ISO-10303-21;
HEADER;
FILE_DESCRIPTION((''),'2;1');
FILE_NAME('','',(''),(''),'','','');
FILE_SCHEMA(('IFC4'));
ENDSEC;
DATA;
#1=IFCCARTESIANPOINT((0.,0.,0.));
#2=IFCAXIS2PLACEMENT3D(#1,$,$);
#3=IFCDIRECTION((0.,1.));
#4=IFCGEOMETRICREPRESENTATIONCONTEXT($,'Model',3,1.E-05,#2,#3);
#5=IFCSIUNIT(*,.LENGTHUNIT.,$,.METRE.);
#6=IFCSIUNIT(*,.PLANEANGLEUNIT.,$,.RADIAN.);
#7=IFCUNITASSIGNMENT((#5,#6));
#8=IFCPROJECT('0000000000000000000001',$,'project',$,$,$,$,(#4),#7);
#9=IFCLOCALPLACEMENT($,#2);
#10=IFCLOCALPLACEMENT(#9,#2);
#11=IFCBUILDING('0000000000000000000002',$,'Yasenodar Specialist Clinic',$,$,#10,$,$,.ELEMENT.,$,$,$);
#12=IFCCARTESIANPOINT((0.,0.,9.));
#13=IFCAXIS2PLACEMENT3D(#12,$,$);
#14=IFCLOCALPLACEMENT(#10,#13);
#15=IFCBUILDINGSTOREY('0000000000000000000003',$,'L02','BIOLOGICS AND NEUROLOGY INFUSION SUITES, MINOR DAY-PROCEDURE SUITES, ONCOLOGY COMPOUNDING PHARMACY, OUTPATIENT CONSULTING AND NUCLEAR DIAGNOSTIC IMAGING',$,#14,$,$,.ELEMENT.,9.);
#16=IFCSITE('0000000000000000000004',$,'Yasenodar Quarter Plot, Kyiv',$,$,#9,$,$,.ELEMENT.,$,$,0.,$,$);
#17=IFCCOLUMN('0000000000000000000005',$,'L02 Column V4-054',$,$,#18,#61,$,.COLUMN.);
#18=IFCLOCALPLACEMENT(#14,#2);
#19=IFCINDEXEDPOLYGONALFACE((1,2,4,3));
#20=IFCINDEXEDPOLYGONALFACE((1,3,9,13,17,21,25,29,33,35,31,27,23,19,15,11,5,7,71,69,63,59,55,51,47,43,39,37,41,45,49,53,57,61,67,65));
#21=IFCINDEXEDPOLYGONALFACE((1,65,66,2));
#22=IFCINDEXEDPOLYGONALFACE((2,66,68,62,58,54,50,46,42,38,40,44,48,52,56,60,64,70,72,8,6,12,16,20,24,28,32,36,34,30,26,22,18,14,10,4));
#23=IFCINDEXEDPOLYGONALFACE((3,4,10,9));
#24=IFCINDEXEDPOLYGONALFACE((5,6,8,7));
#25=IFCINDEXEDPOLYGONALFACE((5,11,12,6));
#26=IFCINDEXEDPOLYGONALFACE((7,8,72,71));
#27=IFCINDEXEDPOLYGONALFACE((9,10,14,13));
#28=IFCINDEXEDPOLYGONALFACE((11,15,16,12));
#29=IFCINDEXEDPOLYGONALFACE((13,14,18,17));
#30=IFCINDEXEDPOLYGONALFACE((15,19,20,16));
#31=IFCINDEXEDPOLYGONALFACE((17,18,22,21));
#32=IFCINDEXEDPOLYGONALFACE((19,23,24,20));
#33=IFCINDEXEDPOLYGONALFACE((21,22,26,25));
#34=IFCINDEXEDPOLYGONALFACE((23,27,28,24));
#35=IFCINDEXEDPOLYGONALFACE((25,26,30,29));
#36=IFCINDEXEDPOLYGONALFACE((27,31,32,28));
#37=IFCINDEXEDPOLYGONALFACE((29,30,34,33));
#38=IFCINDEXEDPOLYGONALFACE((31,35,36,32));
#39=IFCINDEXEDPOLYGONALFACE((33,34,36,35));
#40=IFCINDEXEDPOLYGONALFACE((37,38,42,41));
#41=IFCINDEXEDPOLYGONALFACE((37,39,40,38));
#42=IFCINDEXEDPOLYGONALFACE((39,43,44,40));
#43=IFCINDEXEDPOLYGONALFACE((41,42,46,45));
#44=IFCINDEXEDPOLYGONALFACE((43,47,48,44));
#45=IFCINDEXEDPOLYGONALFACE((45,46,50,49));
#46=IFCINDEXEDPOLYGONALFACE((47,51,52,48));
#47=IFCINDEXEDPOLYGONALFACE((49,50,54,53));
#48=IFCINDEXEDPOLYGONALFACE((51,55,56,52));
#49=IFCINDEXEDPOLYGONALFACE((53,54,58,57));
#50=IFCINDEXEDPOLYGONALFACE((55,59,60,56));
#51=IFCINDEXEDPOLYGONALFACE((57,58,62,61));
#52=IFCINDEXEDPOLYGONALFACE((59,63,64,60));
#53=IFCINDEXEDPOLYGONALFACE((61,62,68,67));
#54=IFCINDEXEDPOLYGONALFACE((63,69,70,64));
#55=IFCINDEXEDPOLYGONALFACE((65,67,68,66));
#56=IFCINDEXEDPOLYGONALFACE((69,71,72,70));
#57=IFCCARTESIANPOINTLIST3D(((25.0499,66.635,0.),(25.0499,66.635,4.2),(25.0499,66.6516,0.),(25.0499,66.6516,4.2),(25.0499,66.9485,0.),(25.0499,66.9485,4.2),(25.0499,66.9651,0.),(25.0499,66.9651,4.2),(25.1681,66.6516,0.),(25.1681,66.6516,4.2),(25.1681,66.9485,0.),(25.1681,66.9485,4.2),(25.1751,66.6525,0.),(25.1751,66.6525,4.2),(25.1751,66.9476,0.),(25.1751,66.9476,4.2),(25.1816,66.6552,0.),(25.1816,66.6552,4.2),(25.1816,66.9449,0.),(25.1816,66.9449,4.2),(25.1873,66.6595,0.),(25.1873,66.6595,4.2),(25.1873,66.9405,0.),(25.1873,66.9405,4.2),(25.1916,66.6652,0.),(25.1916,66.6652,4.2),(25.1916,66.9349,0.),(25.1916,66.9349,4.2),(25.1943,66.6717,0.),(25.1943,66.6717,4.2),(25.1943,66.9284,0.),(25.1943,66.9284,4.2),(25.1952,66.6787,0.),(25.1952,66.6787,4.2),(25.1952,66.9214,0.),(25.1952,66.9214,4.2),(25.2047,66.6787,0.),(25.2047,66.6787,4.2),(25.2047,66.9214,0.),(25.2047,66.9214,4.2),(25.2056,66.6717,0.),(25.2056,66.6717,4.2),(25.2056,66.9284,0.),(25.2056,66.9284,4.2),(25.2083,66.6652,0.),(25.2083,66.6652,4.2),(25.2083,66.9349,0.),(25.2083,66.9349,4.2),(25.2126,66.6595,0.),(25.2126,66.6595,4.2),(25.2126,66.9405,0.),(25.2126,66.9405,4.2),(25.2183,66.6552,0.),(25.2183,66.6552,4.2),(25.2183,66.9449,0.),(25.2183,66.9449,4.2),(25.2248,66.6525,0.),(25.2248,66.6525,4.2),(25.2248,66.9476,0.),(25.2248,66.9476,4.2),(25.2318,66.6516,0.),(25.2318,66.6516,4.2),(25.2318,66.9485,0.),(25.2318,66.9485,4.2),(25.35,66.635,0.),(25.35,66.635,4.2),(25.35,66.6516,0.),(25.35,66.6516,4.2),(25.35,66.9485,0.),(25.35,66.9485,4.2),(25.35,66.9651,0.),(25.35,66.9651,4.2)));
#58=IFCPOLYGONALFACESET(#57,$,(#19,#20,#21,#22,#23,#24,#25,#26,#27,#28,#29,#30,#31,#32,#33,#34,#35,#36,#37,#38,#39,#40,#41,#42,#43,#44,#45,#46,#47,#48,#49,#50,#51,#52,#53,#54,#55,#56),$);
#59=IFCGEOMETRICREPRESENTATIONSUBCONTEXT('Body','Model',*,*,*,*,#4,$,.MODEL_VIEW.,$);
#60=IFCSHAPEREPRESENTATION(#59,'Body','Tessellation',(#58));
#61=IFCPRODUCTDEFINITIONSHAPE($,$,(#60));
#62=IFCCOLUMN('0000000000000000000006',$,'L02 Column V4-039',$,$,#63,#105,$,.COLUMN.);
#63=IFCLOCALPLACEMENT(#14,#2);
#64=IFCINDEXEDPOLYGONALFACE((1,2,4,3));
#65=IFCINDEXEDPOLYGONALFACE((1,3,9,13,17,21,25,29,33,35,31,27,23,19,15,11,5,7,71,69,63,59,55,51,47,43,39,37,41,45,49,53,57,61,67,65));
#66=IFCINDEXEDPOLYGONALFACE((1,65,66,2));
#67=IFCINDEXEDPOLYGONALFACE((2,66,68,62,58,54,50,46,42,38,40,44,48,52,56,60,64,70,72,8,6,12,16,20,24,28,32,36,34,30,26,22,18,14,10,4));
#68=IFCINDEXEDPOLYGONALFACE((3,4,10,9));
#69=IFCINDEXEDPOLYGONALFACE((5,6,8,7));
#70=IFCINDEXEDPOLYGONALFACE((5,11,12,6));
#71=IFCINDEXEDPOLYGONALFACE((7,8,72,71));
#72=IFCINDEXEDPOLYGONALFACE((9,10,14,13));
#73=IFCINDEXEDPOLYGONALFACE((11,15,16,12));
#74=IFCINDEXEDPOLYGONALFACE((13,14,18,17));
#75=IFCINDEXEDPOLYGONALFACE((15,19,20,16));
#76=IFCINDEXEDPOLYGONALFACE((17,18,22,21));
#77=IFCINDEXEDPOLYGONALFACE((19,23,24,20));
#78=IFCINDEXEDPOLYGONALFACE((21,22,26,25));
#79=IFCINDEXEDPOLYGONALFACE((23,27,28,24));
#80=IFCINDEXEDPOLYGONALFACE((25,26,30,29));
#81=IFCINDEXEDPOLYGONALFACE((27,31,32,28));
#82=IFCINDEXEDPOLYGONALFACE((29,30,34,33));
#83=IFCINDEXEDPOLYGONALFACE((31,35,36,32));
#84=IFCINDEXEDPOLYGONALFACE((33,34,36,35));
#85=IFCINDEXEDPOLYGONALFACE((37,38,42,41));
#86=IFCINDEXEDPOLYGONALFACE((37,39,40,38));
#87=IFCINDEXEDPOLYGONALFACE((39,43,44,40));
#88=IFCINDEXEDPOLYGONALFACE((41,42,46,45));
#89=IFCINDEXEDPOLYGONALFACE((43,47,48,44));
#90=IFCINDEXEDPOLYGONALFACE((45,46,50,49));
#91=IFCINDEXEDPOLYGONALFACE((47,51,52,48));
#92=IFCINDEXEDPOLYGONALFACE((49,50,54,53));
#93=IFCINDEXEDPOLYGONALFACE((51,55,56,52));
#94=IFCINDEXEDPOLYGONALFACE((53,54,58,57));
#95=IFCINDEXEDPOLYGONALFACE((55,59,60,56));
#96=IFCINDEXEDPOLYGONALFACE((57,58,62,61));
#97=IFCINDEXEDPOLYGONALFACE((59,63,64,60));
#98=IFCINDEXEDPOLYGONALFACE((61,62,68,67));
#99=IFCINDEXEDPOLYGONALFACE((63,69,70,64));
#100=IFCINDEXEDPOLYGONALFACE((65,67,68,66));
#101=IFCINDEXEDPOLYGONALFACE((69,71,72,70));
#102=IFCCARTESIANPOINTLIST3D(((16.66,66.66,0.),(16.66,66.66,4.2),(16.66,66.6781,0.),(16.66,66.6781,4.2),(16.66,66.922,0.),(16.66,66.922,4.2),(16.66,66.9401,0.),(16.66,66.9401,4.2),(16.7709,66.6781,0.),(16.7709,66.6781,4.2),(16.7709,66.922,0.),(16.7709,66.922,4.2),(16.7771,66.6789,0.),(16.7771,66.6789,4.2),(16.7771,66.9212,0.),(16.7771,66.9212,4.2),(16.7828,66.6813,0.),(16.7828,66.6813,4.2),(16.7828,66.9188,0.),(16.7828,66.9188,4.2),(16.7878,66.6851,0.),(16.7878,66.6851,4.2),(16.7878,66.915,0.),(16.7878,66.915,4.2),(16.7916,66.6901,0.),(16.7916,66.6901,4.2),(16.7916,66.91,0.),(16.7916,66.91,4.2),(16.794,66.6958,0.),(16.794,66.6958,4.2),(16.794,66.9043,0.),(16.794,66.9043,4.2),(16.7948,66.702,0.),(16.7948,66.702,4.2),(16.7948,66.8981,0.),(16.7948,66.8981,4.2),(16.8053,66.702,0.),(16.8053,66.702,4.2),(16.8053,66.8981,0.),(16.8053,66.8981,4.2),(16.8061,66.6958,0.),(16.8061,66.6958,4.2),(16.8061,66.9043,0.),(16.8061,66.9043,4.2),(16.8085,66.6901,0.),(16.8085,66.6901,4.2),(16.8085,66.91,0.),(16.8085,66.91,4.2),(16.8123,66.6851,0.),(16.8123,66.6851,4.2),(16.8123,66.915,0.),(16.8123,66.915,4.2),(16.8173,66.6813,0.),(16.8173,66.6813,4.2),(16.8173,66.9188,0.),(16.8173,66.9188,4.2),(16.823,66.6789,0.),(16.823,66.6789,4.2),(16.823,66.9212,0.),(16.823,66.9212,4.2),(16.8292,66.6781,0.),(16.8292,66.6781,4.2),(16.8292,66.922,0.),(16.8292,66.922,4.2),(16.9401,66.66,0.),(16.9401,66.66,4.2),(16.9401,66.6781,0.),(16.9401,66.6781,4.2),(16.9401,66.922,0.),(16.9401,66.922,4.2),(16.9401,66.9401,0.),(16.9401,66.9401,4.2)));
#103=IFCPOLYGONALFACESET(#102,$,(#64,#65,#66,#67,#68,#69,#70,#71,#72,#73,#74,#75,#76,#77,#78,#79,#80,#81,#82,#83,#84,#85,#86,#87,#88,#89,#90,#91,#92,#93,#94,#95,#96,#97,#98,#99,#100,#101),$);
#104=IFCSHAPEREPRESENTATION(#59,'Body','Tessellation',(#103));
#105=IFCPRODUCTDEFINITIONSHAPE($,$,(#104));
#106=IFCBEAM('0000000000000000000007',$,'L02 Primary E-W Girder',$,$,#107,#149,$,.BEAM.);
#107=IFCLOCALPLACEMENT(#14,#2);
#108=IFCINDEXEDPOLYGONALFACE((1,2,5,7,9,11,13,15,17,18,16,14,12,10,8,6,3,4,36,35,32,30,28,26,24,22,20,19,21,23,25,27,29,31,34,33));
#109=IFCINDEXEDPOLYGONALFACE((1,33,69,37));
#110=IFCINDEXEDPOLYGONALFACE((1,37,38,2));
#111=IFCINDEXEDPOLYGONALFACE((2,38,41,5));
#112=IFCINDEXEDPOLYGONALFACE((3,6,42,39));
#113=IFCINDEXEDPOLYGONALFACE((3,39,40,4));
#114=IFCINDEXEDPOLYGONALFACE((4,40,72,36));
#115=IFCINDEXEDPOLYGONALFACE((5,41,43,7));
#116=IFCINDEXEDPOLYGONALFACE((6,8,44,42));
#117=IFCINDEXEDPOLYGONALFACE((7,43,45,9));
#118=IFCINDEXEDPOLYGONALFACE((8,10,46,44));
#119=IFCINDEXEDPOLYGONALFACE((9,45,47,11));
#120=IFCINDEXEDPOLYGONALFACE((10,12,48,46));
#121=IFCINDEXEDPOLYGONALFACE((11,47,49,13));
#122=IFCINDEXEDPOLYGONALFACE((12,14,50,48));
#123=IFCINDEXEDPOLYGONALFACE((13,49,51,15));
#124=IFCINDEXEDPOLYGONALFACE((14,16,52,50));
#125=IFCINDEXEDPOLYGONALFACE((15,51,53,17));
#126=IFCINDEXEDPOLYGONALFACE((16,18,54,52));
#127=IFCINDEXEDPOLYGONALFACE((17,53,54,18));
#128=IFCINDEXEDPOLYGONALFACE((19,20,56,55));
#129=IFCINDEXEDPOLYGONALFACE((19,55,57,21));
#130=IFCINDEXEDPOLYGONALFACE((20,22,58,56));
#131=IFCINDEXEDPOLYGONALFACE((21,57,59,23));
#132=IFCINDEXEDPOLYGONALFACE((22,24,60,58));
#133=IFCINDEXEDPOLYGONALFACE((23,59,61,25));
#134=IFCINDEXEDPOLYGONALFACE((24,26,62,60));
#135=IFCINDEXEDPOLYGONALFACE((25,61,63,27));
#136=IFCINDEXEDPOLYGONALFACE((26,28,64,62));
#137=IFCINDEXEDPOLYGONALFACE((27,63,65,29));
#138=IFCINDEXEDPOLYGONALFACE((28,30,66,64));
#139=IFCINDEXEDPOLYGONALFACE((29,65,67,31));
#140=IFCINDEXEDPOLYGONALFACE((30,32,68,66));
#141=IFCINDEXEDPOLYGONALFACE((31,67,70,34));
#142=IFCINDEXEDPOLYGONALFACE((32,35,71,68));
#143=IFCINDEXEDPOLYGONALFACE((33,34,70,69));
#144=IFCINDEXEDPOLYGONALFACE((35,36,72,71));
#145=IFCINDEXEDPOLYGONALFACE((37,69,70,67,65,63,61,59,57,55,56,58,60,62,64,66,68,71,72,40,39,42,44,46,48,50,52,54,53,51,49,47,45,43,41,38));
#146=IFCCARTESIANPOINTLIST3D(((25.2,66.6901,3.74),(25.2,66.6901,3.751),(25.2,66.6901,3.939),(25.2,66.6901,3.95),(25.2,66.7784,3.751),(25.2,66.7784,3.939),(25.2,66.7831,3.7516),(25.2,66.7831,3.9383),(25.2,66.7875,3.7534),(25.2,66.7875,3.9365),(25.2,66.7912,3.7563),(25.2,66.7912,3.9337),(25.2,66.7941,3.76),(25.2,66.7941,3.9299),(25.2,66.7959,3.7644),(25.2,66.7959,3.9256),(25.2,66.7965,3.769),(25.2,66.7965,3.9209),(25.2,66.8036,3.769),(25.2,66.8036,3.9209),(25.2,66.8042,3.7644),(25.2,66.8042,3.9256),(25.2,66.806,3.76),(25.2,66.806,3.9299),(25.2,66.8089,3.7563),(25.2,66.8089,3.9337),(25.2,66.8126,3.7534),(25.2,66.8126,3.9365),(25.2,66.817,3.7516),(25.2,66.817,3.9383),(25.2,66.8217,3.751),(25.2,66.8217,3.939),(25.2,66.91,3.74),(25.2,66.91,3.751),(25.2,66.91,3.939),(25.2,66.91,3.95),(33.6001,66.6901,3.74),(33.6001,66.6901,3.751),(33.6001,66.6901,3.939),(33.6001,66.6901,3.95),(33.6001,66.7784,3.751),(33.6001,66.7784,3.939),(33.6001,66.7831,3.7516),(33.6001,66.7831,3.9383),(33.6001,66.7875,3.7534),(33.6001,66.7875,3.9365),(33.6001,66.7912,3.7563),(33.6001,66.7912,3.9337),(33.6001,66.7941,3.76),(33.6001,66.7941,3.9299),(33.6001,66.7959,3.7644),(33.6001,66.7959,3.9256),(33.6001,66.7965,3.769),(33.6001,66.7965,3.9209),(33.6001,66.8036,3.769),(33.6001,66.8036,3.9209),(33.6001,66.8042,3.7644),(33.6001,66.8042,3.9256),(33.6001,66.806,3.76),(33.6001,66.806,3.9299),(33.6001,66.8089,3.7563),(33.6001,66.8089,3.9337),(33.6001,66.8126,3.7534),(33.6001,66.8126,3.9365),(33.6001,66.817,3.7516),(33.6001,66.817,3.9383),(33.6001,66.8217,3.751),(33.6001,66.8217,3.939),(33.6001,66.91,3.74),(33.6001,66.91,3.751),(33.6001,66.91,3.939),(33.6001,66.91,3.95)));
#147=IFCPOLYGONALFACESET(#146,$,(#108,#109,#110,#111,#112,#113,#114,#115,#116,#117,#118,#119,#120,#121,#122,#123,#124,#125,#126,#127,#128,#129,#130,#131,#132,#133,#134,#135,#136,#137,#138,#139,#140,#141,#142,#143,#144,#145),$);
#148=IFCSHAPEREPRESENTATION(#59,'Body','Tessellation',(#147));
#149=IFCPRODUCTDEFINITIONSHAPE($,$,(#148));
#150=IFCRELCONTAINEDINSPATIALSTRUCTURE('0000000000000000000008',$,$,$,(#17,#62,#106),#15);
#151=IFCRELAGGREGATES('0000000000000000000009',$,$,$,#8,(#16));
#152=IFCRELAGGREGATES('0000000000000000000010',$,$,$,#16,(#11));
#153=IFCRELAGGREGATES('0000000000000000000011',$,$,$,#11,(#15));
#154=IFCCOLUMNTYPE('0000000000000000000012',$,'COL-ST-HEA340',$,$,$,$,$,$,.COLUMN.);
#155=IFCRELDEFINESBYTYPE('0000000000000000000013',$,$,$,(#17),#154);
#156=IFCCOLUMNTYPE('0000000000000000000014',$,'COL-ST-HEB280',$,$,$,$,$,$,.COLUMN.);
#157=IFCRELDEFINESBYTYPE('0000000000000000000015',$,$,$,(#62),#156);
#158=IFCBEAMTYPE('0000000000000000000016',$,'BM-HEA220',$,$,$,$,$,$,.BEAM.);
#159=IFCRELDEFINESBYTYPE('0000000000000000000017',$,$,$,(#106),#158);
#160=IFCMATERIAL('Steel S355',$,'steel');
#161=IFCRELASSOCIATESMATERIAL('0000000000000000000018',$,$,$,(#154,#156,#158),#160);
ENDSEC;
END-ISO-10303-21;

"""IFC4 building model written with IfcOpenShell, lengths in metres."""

from ifc_helpers import new_model, si_unit, direction, frame, origin, origin_2d, place, context, subcontext, project, spatial, i_section, extrude, material, material_profile, profile_set, type_object, element, save


model = new_model("IFC4")

# Units and contexts
model_context = context("Model", 3, precision=1e-05, world=origin(), true_north=direction((0.0, 1.0)))
body_context = subcontext(model_context, "Body", "Model", "MODEL_VIEW")
ifc_project = project(units=[si_unit("LENGTHUNIT", "METRE"), si_unit("PLANEANGLEUNIT", "RADIAN")], contexts=[model_context])

# Site, building, storey
site_placement = place(None, origin())
site = spatial("IfcSite", under=ifc_project, at=site_placement, Name="Yasenodar Quarter Plot, Kyiv", CompositionType="ELEMENT", RefElevation=0.0)
building_placement = place(site_placement, origin())
building = spatial("IfcBuilding", under=site, at=building_placement, Name="Yasenodar Specialist Clinic", CompositionType="ELEMENT")
storey_placement = place(building_placement, frame((0.0, 0.0, 9.0)))
storey = spatial("IfcBuildingStorey", under=building, at=storey_placement, Name="L02", Description="BIOLOGICS AND NEUROLOGY INFUSION SUITES, MINOR DAY-PROCEDURE SUITES, ONCOLOGY COMPOUNDING PHARMACY, OUTPATIENT CONSULTING AND NUCLEAR DIAGNOSTIC IMAGING", CompositionType="ELEMENT", Elevation=9.0)

# Columns
ifc_material_1 = material(Name="Steel S355", Category="steel")
ifc_material_profile_1 = material_profile(ifc_material_1, i_section(OverallWidth=0.3, OverallDepth=0.3301, WebThickness=0.0095, FlangeThickness=0.0166, FilletRadius=0.0271, at=origin_2d()), Name="HEA 340")
ifc_profile_set_1 = profile_set([ifc_material_profile_1], Name="Steel S355")
column_type_1 = type_object("IfcColumnType", Name="COL-ST-HEA340", PredefinedType="COLUMN", material=ifc_profile_set_1)
column_1_placement = place(storey_placement, frame((25.2, 66.8, 0.0), z_axis=(0.0, 0.0, 1.0), x_axis=(1.0, 0.0, 0.0)))
element("IfcColumn", 1, at=column_1_placement, inside=storey, type_object=column_type_1, Name="L02 Column V4-054", PredefinedType="COLUMN", context=body_context, shape_type="SweptSolid", body=[
    extrude(i_section(OverallWidth=0.3, OverallDepth=0.3301, WebThickness=0.0095, FlangeThickness=0.0166, FilletRadius=0.0271, at=origin_2d()), origin(), (0.0, 0.0, 1.0), 4.2),
])
ifc_material_profile_2 = material_profile(ifc_material_1, i_section(OverallWidth=0.28, OverallDepth=0.28, WebThickness=0.0105, FlangeThickness=0.0181, FilletRadius=0.0239, at=origin_2d()), Name="HEB 280")
ifc_profile_set_2 = profile_set([ifc_material_profile_2], Name="Steel S355")
column_type_2 = type_object("IfcColumnType", Name="COL-ST-HEB280", PredefinedType="COLUMN", material=ifc_profile_set_2)
column_2_placement = place(storey_placement, frame((16.8, 66.8, 0.0), z_axis=(0.0, 0.0, 1.0), x_axis=(1.0, 0.0, 0.0)))
element("IfcColumn", 2, at=column_2_placement, inside=storey, type_object=column_type_2, Name="L02 Column V4-039", PredefinedType="COLUMN", context=body_context, shape_type="SweptSolid", body=[
    extrude(i_section(OverallWidth=0.28, OverallDepth=0.28, WebThickness=0.0105, FlangeThickness=0.0181, FilletRadius=0.0239, at=origin_2d()), origin(), (0.0, 0.0, 1.0), 4.2),
])

# Beam
ifc_material_profile_3 = material_profile(ifc_material_1, i_section(OverallWidth=0.22, OverallDepth=0.21, WebThickness=0.0071, FlangeThickness=0.011, FilletRadius=0.0181, at=origin_2d()), Name="HEA 220")
ifc_profile_set_3 = profile_set([ifc_material_profile_3], Name="Steel S355")
beam_type_1 = type_object("IfcBeamType", Name="BM-HEA220", PredefinedType="BEAM", material=ifc_profile_set_3)
beam_1_placement = place(storey_placement, frame((25.2, 66.8, 3.845), z_axis=(1.0, 0.0, 0.0), x_axis=(0.0, 1.0, 0.0)))
element("IfcBeam", 3, at=beam_1_placement, inside=storey, type_object=beam_type_1, Name="L02 Primary E-W Girder", PredefinedType="BEAM", context=body_context, shape_type="SweptSolid", body=[
    extrude(i_section(OverallWidth=0.22, OverallDepth=0.21, WebThickness=0.0071, FlangeThickness=0.011, FilletRadius=0.0181, at=origin_2d()), origin(), (0.0, 0.0, 1.0), 8.4001),
])

save(model, "model.ifc")
